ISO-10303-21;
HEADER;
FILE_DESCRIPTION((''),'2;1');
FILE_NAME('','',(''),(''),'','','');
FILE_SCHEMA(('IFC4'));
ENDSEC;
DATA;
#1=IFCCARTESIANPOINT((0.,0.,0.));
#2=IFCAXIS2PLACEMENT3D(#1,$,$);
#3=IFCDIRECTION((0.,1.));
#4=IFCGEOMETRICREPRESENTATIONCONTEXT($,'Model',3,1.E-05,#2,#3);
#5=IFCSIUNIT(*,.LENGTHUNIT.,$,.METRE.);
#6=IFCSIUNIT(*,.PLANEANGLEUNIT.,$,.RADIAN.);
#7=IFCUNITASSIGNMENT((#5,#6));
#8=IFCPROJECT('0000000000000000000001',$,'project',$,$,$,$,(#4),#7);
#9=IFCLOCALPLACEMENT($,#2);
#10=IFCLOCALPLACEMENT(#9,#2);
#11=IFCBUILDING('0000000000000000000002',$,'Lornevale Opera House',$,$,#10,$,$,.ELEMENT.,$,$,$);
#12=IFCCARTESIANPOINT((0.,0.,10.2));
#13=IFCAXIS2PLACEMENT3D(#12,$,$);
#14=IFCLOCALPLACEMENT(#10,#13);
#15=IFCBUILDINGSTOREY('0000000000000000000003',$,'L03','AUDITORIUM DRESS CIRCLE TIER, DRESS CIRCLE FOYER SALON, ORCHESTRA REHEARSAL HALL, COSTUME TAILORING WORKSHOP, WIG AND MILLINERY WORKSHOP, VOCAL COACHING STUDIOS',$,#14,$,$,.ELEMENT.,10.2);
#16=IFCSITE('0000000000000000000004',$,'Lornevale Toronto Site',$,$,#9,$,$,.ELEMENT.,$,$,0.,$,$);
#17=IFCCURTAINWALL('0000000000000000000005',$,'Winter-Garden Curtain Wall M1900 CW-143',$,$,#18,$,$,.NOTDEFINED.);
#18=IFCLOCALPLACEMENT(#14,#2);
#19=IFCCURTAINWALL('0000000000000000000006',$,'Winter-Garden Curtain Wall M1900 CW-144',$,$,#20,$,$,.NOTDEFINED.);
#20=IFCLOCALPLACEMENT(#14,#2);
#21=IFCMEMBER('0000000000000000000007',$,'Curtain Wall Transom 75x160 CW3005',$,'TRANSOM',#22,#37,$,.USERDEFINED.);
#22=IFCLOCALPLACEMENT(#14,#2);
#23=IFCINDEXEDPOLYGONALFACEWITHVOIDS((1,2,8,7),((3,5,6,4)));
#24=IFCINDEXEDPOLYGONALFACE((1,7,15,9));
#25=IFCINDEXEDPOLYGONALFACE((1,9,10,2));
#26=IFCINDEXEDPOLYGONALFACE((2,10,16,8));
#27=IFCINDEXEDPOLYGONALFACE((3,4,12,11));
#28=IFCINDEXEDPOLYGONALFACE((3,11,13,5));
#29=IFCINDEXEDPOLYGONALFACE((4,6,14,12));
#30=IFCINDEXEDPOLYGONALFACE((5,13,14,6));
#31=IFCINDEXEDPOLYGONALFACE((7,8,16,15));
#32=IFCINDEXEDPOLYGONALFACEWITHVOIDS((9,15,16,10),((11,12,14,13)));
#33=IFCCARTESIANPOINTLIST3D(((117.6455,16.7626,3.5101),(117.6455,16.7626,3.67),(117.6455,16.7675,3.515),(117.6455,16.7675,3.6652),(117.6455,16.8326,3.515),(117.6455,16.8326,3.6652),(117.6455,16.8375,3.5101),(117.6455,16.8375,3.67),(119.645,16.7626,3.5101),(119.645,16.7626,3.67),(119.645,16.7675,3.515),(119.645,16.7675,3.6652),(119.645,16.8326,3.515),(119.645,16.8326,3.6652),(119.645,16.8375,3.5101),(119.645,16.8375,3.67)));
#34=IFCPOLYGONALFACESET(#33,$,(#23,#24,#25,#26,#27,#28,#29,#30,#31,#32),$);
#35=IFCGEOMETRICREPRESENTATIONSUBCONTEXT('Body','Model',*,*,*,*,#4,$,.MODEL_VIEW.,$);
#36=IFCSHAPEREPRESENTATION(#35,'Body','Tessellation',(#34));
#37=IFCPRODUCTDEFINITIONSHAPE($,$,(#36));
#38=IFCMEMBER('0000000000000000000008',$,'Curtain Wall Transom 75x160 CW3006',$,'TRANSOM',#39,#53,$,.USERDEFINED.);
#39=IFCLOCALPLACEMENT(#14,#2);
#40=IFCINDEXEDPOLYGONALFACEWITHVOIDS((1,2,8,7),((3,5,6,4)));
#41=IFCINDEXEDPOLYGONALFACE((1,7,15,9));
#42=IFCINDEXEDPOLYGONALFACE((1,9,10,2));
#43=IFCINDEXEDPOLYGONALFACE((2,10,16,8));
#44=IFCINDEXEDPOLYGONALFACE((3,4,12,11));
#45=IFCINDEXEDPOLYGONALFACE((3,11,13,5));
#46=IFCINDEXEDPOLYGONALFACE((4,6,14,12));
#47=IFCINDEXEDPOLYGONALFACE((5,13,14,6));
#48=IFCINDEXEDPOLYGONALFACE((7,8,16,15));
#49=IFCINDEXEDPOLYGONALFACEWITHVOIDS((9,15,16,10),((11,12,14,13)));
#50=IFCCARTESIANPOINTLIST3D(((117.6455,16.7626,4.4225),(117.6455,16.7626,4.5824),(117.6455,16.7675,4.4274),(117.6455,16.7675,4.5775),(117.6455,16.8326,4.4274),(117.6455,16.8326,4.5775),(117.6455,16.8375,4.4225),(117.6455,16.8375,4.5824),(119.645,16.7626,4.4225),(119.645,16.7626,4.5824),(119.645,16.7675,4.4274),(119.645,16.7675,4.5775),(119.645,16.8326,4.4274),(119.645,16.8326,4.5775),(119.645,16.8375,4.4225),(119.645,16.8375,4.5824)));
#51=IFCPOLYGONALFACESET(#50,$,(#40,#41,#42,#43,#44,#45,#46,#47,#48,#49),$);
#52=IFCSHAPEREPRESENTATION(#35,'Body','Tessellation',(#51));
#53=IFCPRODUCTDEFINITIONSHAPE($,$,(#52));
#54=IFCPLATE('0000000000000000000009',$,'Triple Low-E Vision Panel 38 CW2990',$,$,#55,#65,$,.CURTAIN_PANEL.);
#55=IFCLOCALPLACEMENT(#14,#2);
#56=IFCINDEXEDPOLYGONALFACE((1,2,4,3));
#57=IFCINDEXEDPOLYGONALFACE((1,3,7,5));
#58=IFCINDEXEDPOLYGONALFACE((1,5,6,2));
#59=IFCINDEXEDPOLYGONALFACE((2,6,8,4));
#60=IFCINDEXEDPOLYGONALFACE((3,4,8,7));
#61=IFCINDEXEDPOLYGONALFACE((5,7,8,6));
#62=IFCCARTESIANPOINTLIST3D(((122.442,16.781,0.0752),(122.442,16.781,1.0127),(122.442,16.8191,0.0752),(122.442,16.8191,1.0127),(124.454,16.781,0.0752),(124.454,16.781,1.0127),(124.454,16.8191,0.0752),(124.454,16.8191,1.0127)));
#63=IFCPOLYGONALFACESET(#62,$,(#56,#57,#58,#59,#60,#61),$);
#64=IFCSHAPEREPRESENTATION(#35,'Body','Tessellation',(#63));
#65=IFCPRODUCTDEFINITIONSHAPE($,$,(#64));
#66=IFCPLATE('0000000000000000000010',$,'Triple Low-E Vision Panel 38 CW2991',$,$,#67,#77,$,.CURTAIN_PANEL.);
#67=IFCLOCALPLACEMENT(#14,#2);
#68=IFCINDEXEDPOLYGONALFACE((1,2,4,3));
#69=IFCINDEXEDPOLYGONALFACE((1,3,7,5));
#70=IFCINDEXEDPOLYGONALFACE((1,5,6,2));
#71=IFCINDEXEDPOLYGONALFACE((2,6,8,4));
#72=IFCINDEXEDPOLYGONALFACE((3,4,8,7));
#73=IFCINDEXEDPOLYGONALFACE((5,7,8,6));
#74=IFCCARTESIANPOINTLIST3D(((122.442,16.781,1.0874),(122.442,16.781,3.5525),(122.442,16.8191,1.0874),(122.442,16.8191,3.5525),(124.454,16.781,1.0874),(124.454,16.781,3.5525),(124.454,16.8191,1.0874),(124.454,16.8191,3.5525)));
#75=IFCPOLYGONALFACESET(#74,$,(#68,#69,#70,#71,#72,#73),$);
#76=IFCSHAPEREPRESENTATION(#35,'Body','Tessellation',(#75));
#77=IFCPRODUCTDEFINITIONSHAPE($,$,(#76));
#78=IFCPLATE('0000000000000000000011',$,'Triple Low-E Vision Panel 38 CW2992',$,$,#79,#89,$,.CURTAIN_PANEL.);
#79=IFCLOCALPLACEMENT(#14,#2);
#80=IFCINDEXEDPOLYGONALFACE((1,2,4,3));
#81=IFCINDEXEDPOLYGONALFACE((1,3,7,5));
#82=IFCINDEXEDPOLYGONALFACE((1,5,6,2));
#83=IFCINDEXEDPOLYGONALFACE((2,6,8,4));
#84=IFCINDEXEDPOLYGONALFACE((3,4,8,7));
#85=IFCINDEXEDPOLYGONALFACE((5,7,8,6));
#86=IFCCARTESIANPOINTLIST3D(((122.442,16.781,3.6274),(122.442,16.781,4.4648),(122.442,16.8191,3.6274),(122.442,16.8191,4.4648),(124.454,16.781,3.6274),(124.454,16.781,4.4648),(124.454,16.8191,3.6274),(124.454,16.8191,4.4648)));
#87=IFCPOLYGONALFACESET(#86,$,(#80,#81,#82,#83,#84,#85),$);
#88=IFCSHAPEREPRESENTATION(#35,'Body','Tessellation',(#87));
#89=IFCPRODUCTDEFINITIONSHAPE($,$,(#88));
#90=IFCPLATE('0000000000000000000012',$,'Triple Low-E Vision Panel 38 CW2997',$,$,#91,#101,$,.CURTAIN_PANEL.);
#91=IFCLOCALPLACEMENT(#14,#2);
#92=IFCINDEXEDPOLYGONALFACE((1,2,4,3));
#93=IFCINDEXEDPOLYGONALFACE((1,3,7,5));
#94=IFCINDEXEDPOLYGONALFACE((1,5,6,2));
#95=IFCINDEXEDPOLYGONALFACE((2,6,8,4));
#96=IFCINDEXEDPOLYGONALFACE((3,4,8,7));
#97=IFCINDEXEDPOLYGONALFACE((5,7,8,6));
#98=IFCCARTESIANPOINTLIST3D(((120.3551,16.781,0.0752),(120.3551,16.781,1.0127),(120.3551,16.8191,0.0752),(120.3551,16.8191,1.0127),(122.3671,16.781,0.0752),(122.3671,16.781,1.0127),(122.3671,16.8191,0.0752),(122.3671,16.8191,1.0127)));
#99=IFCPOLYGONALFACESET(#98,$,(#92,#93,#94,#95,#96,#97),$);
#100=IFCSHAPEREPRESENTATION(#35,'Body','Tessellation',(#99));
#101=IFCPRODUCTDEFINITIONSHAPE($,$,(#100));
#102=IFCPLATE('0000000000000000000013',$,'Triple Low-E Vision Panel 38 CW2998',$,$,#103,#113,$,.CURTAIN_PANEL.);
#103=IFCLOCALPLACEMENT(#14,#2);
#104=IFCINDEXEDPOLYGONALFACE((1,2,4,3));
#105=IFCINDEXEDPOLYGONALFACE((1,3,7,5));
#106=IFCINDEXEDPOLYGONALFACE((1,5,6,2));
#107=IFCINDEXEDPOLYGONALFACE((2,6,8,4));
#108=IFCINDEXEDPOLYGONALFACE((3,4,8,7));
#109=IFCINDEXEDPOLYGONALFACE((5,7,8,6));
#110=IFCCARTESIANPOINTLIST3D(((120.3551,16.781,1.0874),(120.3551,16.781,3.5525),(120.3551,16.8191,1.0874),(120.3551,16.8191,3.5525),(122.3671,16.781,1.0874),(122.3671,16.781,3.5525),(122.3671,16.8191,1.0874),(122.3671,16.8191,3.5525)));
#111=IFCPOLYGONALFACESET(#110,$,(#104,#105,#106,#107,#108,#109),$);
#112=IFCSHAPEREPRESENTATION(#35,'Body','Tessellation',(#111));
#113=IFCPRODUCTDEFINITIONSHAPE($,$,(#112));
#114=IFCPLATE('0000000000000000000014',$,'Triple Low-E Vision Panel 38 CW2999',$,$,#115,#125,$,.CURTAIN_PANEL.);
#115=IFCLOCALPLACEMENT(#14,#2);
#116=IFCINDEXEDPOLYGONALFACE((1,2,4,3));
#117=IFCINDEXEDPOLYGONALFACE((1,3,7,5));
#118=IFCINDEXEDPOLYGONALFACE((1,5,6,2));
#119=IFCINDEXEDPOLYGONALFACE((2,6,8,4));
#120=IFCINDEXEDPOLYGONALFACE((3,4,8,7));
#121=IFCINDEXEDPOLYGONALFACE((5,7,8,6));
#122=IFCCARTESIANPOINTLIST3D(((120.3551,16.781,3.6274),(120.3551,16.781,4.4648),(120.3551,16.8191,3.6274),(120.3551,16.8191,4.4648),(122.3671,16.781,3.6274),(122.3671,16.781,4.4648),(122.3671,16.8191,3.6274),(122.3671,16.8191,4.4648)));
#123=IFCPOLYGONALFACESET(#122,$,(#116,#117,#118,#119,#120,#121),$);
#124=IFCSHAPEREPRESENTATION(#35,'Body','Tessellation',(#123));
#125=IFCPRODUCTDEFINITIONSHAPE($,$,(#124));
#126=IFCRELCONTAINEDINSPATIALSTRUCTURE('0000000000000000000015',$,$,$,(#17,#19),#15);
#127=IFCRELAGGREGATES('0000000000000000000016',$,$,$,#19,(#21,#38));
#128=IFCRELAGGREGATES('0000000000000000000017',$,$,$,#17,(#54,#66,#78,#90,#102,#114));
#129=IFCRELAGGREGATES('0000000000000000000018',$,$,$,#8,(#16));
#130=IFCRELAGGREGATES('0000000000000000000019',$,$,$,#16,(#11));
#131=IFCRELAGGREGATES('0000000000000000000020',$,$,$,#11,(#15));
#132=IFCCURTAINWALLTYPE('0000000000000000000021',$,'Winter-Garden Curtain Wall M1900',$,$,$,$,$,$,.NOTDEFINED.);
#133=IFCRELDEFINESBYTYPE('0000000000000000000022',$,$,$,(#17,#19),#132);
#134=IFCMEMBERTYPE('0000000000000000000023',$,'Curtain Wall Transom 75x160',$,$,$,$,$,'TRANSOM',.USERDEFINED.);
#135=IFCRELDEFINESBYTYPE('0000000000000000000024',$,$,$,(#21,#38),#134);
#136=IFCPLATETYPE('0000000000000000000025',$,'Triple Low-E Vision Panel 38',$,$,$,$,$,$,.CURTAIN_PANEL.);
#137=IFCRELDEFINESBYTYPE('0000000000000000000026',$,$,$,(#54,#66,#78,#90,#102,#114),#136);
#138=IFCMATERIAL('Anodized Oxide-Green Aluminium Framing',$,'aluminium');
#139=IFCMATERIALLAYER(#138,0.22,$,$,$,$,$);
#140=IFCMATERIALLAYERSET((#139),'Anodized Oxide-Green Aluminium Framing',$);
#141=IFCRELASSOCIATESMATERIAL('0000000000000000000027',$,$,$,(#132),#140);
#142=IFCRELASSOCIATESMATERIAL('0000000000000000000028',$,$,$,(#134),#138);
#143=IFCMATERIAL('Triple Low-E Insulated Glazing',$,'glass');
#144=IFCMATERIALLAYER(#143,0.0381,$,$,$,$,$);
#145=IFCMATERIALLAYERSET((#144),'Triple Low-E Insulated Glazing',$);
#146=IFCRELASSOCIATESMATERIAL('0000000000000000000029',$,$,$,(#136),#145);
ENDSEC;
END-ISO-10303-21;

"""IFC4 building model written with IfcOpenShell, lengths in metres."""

from ifc_helpers import new_model, si_unit, direction, frame, origin, origin_2d, place, context, subcontext, project, spatial, rectangle, hollow_rectangle, extrude, material, layer, layer_set, material_profile, profile_set, type_object, element, aggregate, save


model = new_model("IFC4")

# Units and contexts
model_context = context("Model", 3, precision=1e-05, world=origin(), true_north=direction((0.0, 1.0)))
body_context = subcontext(model_context, "Body", "Model", "MODEL_VIEW")
ifc_project = project(units=[si_unit("LENGTHUNIT", "METRE"), si_unit("PLANEANGLEUNIT", "RADIAN")], contexts=[model_context])

# Site, building, storey
site_placement = place(None, origin())
site = spatial("IfcSite", under=ifc_project, at=site_placement, Name="Lornevale Toronto Site", CompositionType="ELEMENT", RefElevation=0.0)
building_placement = place(site_placement, origin())
building = spatial("IfcBuilding", under=site, at=building_placement, Name="Lornevale Opera House", CompositionType="ELEMENT")
storey_placement = place(building_placement, frame((0.0, 0.0, 10.2)))
storey = spatial("IfcBuildingStorey", under=building, at=storey_placement, Name="L03", Description="AUDITORIUM DRESS CIRCLE TIER, DRESS CIRCLE FOYER SALON, ORCHESTRA REHEARSAL HALL, COSTUME TAILORING WORKSHOP, WIG AND MILLINERY WORKSHOP, VOCAL COACHING STUDIOS", CompositionType="ELEMENT", Elevation=10.2)

# Curtain wall
ifc_material_1 = material(Name="Anodized Oxide-Green Aluminium Framing", Category="aluminium")
ifc_layer_1 = layer(ifc_material_1, 0.22)
ifc_layer_set_1 = layer_set([ifc_layer_1], Name="Anodized Oxide-Green Aluminium Framing")
curtain_wall_type = type_object("IfcCurtainWallType", Name="Winter-Garden Curtain Wall M1900", PredefinedType="NOTDEFINED", material=ifc_layer_set_1)
curtain_wall_1_placement = place(storey_placement, origin())
curtain_wall_1 = element("IfcCurtainWall", 1, at=curtain_wall_1_placement, inside=storey, type_object=curtain_wall_type, Name="Winter-Garden Curtain Wall M1900 CW-143", PredefinedType="NOTDEFINED")

# Curtain wall
curtain_wall_2_placement = place(storey_placement, origin())
curtain_wall_2 = element("IfcCurtainWall", 2, at=curtain_wall_2_placement, inside=storey, type_object=curtain_wall_type, Name="Winter-Garden Curtain Wall M1900 CW-144", PredefinedType="NOTDEFINED")

# Members
ifc_material_profile_1 = material_profile(ifc_material_1, hollow_rectangle(XDim=0.075, YDim=0.1599, WallThickness=0.0049, at=origin_2d()), Name="ALU75x160x5")
ifc_profile_set_1 = profile_set([ifc_material_profile_1], Name="Anodized Oxide-Green Aluminium Framing")
member_type_1 = type_object("IfcMemberType", Name="Curtain Wall Transom 75x160", ElementType="TRANSOM", PredefinedType="USERDEFINED", material=ifc_profile_set_1)
member_1_placement = place(storey_placement, frame((119.645, 16.8, 3.5901), z_axis=(-1.0, 0.0, 0.0), x_axis=(0.0, -1.0, 0.0)))
member_1 = element("IfcMember", 3, at=member_1_placement, type_object=member_type_1, Name="Curtain Wall Transom 75x160 CW3005", ObjectType="TRANSOM", PredefinedType="USERDEFINED", context=body_context, shape_type="SweptSolid", body=[
    extrude(hollow_rectangle(XDim=0.075, YDim=0.1599, WallThickness=0.0049, at=origin_2d()), origin(), (0.0, 0.0, 1.0), 1.9995),
])
member_2_placement = place(storey_placement, frame((119.645, 16.8, 4.5024), z_axis=(-1.0, 0.0, 0.0), x_axis=(0.0, -1.0, 0.0)))
member_2 = element("IfcMember", 4, at=member_2_placement, type_object=member_type_1, Name="Curtain Wall Transom 75x160 CW3006", ObjectType="TRANSOM", PredefinedType="USERDEFINED", context=body_context, shape_type="SweptSolid", body=[
    extrude(hollow_rectangle(XDim=0.075, YDim=0.1599, WallThickness=0.0049, at=origin_2d()), origin(), (0.0, 0.0, 1.0), 1.9995),
])
aggregate(curtain_wall_2, [member_1, member_2])

# Plates
ifc_material_2 = material(Name="Triple Low-E Insulated Glazing", Category="glass")
ifc_layer_2 = layer(ifc_material_2, 0.0381)
ifc_layer_set_2 = layer_set([ifc_layer_2], Name="Triple Low-E Insulated Glazing")
plate_type = type_object("IfcPlateType", Name="Triple Low-E Vision Panel 38", PredefinedType="CURTAIN_PANEL", material=ifc_layer_set_2)
plate_1_placement = place(storey_placement, frame((123.448, 16.8, 0.0752), z_axis=(0.0, 0.0, 1.0), x_axis=(-1.0, 0.0, 0.0)))
plate_1 = element("IfcPlate", 5, at=plate_1_placement, type_object=plate_type, Name="Triple Low-E Vision Panel 38 CW2990", PredefinedType="CURTAIN_PANEL", context=body_context, shape_type="SweptSolid", body=[
    extrude(rectangle(XDim=2.012, YDim=0.0381, at=origin_2d()), origin(), (0.0, 0.0, 1.0), 0.9375),
])
plate_2_placement = place(storey_placement, frame((123.448, 16.8, 1.0874), z_axis=(0.0, 0.0, 1.0), x_axis=(-1.0, 0.0, 0.0)))
plate_2 = element("IfcPlate", 6, at=plate_2_placement, type_object=plate_type, Name="Triple Low-E Vision Panel 38 CW2991", PredefinedType="CURTAIN_PANEL", context=body_context, shape_type="SweptSolid", body=[
    extrude(rectangle(XDim=2.012, YDim=0.0381, at=origin_2d()), origin(), (0.0, 0.0, 1.0), 2.4651),
])
plate_3_placement = place(storey_placement, frame((123.448, 16.8, 3.6274), z_axis=(0.0, 0.0, 1.0), x_axis=(-1.0, 0.0, 0.0)))
plate_3 = element("IfcPlate", 7, at=plate_3_placement, type_object=plate_type, Name="Triple Low-E Vision Panel 38 CW2992", PredefinedType="CURTAIN_PANEL", context=body_context, shape_type="SweptSolid", body=[
    extrude(rectangle(XDim=2.012, YDim=0.0381, at=origin_2d()), origin(), (0.0, 0.0, 1.0), 0.8374),
])
plate_4_placement = place(storey_placement, frame((121.3611, 16.8, 0.0752), z_axis=(0.0, 0.0, 1.0), x_axis=(-1.0, 0.0, 0.0)))
plate_4 = element("IfcPlate", 8, at=plate_4_placement, type_object=plate_type, Name="Triple Low-E Vision Panel 38 CW2997", PredefinedType="CURTAIN_PANEL", context=body_context, shape_type="SweptSolid", body=[
    extrude(rectangle(XDim=2.012, YDim=0.0381, at=origin_2d()), origin(), (0.0, 0.0, 1.0), 0.9375),
])
plate_5_placement = place(storey_placement, frame((121.3611, 16.8, 1.0874), z_axis=(0.0, 0.0, 1.0), x_axis=(-1.0, 0.0, 0.0)))
plate_5 = element("IfcPlate", 9, at=plate_5_placement, type_object=plate_type, Name="Triple Low-E Vision Panel 38 CW2998", PredefinedType="CURTAIN_PANEL", context=body_context, shape_type="SweptSolid", body=[
    extrude(rectangle(XDim=2.012, YDim=0.0381, at=origin_2d()), origin(), (0.0, 0.0, 1.0), 2.4651),
])
plate_6_placement = place(storey_placement, frame((121.3611, 16.8, 3.6274), z_axis=(0.0, 0.0, 1.0), x_axis=(-1.0, 0.0, 0.0)))
plate_6 = element("IfcPlate", 10, at=plate_6_placement, type_object=plate_type, Name="Triple Low-E Vision Panel 38 CW2999", PredefinedType="CURTAIN_PANEL", context=body_context, shape_type="SweptSolid", body=[
    extrude(rectangle(XDim=2.012, YDim=0.0381, at=origin_2d()), origin(), (0.0, 0.0, 1.0), 0.8374),
])
aggregate(curtain_wall_1, [plate_1, plate_2, plate_3, plate_4, plate_5, plate_6])

save(model, "model.ifc")
